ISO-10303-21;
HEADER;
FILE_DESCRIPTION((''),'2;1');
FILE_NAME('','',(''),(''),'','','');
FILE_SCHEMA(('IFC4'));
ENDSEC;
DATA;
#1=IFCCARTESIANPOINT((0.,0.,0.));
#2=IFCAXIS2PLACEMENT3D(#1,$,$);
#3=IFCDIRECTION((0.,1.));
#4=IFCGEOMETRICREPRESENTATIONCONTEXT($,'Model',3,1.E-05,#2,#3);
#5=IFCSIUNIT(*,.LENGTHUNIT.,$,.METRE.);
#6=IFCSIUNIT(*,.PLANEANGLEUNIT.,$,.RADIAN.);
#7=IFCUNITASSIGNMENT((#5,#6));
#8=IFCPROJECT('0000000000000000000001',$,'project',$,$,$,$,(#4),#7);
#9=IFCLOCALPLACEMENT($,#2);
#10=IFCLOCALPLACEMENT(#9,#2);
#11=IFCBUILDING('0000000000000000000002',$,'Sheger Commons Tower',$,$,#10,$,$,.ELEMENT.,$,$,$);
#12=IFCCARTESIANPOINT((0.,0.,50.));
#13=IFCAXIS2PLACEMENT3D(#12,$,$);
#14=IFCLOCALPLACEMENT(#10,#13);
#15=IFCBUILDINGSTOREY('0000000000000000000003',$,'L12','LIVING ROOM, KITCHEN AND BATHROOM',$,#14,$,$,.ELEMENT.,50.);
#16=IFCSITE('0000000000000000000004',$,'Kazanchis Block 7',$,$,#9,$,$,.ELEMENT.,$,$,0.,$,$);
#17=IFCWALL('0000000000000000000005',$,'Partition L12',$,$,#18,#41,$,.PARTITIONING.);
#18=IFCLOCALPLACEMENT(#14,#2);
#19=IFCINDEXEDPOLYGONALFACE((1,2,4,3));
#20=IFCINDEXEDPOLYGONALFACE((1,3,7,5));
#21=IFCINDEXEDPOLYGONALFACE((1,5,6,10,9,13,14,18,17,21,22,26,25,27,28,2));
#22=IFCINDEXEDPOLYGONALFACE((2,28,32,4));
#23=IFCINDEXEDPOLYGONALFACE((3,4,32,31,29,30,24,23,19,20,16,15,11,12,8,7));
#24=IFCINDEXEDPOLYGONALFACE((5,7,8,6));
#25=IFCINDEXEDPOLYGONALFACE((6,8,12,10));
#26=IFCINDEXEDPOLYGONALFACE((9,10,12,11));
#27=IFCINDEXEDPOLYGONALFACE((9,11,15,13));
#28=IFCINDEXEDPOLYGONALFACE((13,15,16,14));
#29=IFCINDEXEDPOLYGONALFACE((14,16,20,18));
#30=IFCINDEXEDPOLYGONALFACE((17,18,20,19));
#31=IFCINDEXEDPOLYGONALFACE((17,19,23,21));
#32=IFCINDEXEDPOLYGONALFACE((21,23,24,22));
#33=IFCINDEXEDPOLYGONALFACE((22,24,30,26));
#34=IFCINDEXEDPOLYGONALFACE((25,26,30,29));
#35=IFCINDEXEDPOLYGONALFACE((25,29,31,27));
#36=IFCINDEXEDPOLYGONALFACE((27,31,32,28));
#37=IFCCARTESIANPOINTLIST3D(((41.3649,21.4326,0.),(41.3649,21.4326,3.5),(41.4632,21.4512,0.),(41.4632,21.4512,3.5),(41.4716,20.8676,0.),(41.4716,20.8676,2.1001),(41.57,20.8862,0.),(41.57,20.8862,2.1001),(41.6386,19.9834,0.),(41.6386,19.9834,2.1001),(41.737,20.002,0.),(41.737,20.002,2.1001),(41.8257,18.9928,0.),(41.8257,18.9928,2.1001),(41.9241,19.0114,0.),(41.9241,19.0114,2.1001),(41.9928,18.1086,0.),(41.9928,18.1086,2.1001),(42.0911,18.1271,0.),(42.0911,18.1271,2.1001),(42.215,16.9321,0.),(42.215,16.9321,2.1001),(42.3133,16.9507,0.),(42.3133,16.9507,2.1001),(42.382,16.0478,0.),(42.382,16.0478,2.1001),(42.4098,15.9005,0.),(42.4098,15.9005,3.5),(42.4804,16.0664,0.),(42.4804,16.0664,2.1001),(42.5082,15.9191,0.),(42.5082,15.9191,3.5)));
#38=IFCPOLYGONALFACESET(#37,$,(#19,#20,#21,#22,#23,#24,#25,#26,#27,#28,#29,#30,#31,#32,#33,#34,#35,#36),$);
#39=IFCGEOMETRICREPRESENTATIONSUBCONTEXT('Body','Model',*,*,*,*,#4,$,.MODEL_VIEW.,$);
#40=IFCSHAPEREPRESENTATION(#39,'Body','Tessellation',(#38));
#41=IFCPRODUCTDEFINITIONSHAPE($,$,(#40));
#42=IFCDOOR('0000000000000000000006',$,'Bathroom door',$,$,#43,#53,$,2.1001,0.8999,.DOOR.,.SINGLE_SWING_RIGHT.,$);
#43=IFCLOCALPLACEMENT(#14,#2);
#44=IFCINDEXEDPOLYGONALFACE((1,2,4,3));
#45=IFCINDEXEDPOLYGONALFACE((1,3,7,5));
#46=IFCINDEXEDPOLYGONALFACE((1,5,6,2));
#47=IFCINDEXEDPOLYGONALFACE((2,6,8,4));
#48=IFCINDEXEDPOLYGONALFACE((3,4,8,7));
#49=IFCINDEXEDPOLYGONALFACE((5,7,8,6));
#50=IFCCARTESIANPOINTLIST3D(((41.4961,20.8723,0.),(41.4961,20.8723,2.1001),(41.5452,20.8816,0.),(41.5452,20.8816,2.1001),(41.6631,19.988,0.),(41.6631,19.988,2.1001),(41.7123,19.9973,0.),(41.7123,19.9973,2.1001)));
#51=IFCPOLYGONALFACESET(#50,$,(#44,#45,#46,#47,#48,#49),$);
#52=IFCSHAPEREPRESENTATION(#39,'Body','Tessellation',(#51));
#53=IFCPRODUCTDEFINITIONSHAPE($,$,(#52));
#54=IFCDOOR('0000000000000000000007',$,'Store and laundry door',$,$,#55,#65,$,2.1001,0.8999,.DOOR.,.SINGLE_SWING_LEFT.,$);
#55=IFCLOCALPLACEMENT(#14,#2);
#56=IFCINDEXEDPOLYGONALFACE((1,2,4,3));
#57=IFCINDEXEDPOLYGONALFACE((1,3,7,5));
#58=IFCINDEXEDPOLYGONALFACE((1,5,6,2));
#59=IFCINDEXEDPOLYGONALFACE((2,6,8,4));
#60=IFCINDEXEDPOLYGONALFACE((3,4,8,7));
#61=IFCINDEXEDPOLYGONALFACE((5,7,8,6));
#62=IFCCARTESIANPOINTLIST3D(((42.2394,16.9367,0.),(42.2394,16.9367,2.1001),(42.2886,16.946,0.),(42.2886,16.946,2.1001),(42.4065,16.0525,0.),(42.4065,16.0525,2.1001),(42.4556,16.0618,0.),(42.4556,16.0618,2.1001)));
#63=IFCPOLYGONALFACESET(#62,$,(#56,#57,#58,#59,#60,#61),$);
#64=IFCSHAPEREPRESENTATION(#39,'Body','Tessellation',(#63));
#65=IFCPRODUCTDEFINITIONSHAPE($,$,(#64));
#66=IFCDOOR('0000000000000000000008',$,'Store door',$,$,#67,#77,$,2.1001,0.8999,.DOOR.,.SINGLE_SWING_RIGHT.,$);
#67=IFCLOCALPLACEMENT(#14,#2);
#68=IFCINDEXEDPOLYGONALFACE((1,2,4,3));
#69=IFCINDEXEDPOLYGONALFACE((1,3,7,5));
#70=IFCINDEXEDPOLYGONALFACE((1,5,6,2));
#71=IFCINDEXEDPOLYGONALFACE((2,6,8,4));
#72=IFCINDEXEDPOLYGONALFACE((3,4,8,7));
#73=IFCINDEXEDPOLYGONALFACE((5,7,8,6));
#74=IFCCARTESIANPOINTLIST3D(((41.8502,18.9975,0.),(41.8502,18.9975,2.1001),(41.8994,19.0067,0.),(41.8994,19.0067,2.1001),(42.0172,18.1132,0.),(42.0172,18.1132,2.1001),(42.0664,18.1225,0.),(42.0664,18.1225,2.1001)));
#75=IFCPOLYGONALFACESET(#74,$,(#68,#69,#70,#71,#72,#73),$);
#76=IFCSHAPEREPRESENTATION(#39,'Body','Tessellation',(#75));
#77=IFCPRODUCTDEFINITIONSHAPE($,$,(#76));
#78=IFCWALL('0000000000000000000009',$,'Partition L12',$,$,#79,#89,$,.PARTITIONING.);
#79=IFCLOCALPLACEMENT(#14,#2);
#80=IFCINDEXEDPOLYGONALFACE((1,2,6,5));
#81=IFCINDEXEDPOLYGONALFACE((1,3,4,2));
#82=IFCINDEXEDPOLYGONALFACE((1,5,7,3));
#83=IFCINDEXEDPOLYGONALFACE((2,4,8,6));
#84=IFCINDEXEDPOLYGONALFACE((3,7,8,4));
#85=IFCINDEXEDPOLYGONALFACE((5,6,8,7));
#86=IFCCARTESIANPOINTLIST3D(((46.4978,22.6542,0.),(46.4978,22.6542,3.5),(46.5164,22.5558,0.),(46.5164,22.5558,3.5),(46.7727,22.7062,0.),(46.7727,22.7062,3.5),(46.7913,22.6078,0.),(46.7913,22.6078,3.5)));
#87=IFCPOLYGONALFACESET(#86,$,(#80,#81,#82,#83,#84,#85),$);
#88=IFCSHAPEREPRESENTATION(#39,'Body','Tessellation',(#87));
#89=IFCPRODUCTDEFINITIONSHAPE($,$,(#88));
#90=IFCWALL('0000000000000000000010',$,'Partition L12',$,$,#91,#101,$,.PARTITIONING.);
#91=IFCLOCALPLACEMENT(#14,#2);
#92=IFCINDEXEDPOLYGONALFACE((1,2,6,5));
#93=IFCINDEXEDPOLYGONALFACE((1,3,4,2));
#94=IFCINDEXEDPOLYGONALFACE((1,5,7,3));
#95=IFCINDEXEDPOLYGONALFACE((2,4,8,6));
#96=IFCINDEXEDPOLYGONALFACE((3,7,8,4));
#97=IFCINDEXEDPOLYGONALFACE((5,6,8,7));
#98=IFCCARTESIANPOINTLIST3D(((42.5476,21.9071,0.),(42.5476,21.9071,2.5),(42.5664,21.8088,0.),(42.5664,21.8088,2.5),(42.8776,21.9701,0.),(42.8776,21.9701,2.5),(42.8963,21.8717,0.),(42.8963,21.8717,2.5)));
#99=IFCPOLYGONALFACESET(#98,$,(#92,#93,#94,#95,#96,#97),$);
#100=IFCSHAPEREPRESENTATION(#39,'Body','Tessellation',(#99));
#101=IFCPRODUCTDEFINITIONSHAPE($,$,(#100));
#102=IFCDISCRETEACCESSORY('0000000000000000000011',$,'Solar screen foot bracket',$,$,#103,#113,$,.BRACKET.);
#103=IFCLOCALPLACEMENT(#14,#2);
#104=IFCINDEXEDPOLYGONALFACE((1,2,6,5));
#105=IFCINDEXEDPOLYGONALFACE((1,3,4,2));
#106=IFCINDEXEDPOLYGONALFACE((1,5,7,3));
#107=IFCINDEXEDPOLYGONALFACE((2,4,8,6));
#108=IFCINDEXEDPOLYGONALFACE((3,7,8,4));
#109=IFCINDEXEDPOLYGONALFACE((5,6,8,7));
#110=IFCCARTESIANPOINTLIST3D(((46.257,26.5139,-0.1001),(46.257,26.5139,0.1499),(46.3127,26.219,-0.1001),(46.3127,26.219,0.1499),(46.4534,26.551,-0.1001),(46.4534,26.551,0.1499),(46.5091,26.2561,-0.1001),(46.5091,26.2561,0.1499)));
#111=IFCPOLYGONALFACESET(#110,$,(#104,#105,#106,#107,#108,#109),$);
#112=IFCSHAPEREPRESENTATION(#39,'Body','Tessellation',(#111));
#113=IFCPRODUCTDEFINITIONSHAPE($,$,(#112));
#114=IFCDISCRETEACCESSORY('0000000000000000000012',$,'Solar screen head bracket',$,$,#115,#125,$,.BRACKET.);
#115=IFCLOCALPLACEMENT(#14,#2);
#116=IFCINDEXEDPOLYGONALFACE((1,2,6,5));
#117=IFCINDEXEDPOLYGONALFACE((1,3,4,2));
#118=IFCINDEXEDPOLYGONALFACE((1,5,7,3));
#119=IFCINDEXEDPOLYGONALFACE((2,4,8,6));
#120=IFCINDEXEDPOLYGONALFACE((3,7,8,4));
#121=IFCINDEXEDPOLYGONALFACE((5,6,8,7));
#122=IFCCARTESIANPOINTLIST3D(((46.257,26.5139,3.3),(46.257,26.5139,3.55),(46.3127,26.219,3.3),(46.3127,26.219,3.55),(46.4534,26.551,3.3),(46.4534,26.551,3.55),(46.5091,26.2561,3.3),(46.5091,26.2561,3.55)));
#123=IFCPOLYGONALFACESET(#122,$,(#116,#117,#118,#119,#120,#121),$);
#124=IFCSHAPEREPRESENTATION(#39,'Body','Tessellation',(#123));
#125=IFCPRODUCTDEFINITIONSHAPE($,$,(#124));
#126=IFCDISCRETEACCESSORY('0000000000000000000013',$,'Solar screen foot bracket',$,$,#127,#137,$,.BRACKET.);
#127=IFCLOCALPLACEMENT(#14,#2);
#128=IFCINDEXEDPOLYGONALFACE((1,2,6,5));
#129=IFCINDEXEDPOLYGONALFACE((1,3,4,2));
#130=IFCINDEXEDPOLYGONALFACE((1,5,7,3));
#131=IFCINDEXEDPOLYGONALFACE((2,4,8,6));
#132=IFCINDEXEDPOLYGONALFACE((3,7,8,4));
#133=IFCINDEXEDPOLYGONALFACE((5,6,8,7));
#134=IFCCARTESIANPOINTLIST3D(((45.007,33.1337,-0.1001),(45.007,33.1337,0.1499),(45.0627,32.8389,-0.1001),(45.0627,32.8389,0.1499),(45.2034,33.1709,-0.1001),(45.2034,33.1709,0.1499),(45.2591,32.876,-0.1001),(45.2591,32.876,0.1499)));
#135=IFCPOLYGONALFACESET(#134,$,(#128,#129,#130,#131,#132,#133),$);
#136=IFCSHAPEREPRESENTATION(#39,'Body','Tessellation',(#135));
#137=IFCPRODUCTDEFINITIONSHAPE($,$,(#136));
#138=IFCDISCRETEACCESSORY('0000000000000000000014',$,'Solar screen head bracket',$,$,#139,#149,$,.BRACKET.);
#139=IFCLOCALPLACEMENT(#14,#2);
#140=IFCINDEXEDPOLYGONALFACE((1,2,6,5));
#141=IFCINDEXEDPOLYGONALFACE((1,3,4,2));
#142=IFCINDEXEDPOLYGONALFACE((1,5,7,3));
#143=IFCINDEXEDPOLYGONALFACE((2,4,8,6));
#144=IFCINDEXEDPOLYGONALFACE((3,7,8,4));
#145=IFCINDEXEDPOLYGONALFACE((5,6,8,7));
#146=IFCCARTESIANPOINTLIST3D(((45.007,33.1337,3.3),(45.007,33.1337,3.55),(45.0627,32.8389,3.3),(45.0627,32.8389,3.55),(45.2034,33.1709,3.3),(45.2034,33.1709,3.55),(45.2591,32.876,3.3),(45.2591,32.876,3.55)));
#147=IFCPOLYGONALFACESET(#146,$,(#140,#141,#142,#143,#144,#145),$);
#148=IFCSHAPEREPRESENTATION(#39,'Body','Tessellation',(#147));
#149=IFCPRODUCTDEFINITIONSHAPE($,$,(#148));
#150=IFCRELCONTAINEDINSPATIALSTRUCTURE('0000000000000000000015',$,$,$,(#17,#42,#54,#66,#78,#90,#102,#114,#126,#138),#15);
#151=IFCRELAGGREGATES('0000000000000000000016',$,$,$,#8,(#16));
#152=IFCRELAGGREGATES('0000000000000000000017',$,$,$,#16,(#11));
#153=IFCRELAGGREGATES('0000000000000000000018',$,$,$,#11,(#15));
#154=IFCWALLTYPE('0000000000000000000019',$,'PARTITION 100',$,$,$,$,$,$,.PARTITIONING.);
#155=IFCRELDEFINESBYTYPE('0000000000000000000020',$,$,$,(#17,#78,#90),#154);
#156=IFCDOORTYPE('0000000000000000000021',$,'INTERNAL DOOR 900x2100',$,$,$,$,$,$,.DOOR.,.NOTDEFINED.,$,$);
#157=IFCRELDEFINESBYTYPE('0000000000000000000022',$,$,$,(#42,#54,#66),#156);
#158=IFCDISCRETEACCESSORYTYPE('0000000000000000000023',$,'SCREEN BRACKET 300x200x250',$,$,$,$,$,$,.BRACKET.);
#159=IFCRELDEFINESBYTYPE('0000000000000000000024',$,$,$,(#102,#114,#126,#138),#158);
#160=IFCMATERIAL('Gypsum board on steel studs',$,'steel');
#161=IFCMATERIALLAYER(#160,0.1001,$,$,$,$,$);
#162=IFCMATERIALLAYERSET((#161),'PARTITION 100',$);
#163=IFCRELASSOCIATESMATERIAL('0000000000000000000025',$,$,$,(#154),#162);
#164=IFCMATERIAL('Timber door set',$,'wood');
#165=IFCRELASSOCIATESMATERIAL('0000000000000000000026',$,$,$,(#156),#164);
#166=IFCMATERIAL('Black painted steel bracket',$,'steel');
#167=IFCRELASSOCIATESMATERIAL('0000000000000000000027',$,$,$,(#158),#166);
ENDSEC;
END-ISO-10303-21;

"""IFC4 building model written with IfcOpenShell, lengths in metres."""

from ifc_helpers import new_model, si_unit, direction, frame, frame_2d, origin, origin_2d, place, context, subcontext, project, spatial, rectangle, extrude, material, layer, layer_set, type_object, element, fill, save


model = new_model("IFC4")

# Units and contexts
model_context = context("Model", 3, precision=1e-05, world=origin(), true_north=direction((0.0, 1.0)))
body_context = subcontext(model_context, "Body", "Model", "MODEL_VIEW")
ifc_project = project(units=[si_unit("LENGTHUNIT", "METRE"), si_unit("PLANEANGLEUNIT", "RADIAN")], contexts=[model_context])

# Site, building, storey
site_placement = place(None, origin())
site = spatial("IfcSite", under=ifc_project, at=site_placement, Name="Kazanchis Block 7", CompositionType="ELEMENT", RefElevation=0.0)
building_placement = place(site_placement, origin())
building = spatial("IfcBuilding", under=site, at=building_placement, Name="Sheger Commons Tower", CompositionType="ELEMENT")
storey_placement = place(building_placement, frame((0.0, 0.0, 50.0)))
storey = spatial("IfcBuildingStorey", under=building, at=storey_placement, Name="L12", Description="LIVING ROOM, KITCHEN AND BATHROOM", CompositionType="ELEMENT", Elevation=50.0)

# Shared definitions
ifc_material_1 = material(Name="Gypsum board on steel studs", Category="steel")
ifc_layer_1 = layer(ifc_material_1, 0.1001)
ifc_layer_set_1 = layer_set([ifc_layer_1], Name="PARTITION 100")
wall_type_1 = type_object("IfcWallType", Name="PARTITION 100", PredefinedType="PARTITIONING", material=ifc_layer_set_1)

# Shared definitions
ifc_material_2 = material(Name="Timber door set", Category="wood")
door_type = type_object("IfcDoorType", Name="INTERNAL DOOR 900x2100", OperationType="NOTDEFINED", PredefinedType="DOOR", material=ifc_material_2)

# Wall, openings, doors
wall_1_placement = place(storey_placement, frame((41.4141, 21.4419, 0.0), z_axis=(0.0, 0.0, 1.0), x_axis=(0.185605, -0.982624, 0.0)))
wall_1 = element("IfcWall", 1, at=wall_1_placement, inside=storey, type_object=wall_type_1, Name="Partition L12", PredefinedType="PARTITIONING", context=body_context, shape_type="SweptSolid", body=[
    extrude(rectangle(XDim=5.6299, YDim=0.1001, at=frame_2d((2.8149, 0.0))), origin(), (0.0, 0.0, 1.0), 3.5),
])
opening_1_placement = place(wall_1_placement, frame((0.575, 0.0, 0.0)))
opening_1 = element("IfcOpeningElement", 2, at=opening_1_placement, cuts=wall_1, PredefinedType="OPENING", context=body_context, shape_type="SweptSolid", body=[
    extrude(rectangle(XDim=0.8999, YDim=2.1001, at=frame_2d((0.45, 1.05))), frame((0.0, 0.0601, 0.0), z_axis=(0.0, -1.0, 0.0), x_axis=(1.0, 0.0, 0.0)), (0.0, 0.0, 1.0), 0.1201),
])
opening_2_placement = place(wall_1_placement, frame((4.5801, 0.0, 0.0)))
opening_2 = element("IfcOpeningElement", 3, at=opening_2_placement, cuts=wall_1, PredefinedType="OPENING", context=body_context, shape_type="SweptSolid", body=[
    extrude(rectangle(XDim=0.8999, YDim=2.1001, at=frame_2d((0.45, 1.05))), frame((0.0, 0.0601, 0.0), z_axis=(0.0, -1.0, 0.0), x_axis=(1.0, 0.0, 0.0)), (0.0, 0.0, 1.0), 0.1201),
])
opening_3_placement = place(wall_1_placement, frame((2.4829, 0.0, 0.0)))
opening_3 = element("IfcOpeningElement", 4, at=opening_3_placement, cuts=wall_1, PredefinedType="OPENING", context=body_context, shape_type="SweptSolid", body=[
    extrude(rectangle(XDim=0.8999, YDim=2.1001, at=frame_2d((0.45, 1.05))), frame((0.0, 0.0601, 0.0), z_axis=(0.0, -1.0, 0.0), x_axis=(1.0, 0.0, 0.0)), (0.0, 0.0, 1.0), 0.1201),
])
door_1_placement = place(opening_1_placement, origin())
door_1 = element("IfcDoor", 5, at=door_1_placement, inside=storey, type_object=door_type, Name="Bathroom door", OperationType="SINGLE_SWING_RIGHT", OverallHeight=2.1001, OverallWidth=0.8999, PredefinedType="DOOR", context=body_context, shape_type="SweptSolid", body=[
    extrude(rectangle(XDim=0.8999, YDim=2.1001, at=frame_2d((0.45, 1.05))), frame((0.0, 0.0249, 0.0), z_axis=(0.0, -1.0, 0.0), x_axis=(1.0, 0.0, 0.0)), (0.0, 0.0, 1.0), 0.05),
])
fill(opening_1, door_1)
door_2_placement = place(opening_2_placement, origin())
door_2 = element("IfcDoor", 6, at=door_2_placement, inside=storey, type_object=door_type, Name="Store and laundry door", OperationType="SINGLE_SWING_LEFT", OverallHeight=2.1001, OverallWidth=0.8999, PredefinedType="DOOR", context=body_context, shape_type="SweptSolid", body=[
    extrude(rectangle(XDim=0.8999, YDim=2.1001, at=frame_2d((0.45, 1.05))), frame((0.0, 0.0249, 0.0), z_axis=(0.0, -1.0, 0.0), x_axis=(1.0, 0.0, 0.0)), (0.0, 0.0, 1.0), 0.05),
])
fill(opening_2, door_2)
door_3_placement = place(opening_3_placement, origin())
door_3 = element("IfcDoor", 7, at=door_3_placement, inside=storey, type_object=door_type, Name="Store door", OperationType="SINGLE_SWING_RIGHT", OverallHeight=2.1001, OverallWidth=0.8999, PredefinedType="DOOR", context=body_context, shape_type="SweptSolid", body=[
    extrude(rectangle(XDim=0.8999, YDim=2.1001, at=frame_2d((0.45, 1.05))), frame((0.0, 0.0249, 0.0), z_axis=(0.0, -1.0, 0.0), x_axis=(1.0, 0.0, 0.0)), (0.0, 0.0, 1.0), 0.05),
])
fill(opening_3, door_3)

# Walls
wall_2_placement = place(storey_placement, frame((46.782, 22.657, 0.0), z_axis=(0.0, 0.0, 1.0), x_axis=(-0.982575, -0.185869, 0.0)))
element("IfcWall", 8, at=wall_2_placement, inside=storey, type_object=wall_type_1, Name="Partition L12", PredefinedType="PARTITIONING", context=body_context, shape_type="SweptSolid", body=[
    extrude(rectangle(XDim=0.2798, YDim=0.1001, at=frame_2d((0.1399, 0.0))), origin(), (0.0, 0.0, 1.0), 3.5),
])
wall_3_placement = place(storey_placement, frame((42.887, 21.9209, 0.0), z_axis=(0.0, 0.0, 1.0), x_axis=(-0.982275, -0.187446, 0.0)))
element("IfcWall", 9, at=wall_3_placement, inside=storey, type_object=wall_type_1, Name="Partition L12", PredefinedType="PARTITIONING", context=body_context, shape_type="SweptSolid", body=[
    extrude(rectangle(XDim=0.3359, YDim=0.1001, at=frame_2d((0.168, 0.0))), origin(), (0.0, 0.0, 1.0), 2.5),
])

# Discrete accessories
ifc_material_3 = material(Name="Black painted steel bracket", Category="steel")
discrete_accessory_type = type_object("IfcDiscreteAccessoryType", Name="SCREEN BRACKET 300x200x250", PredefinedType="BRACKET", material=ifc_material_3)
for number, where, z_axis, x_axis, name in (
    (10, (46.3831, 26.385, -0.1001), (0.0, 0.0, 1.0), (-0.185615, 0.982623, 0.0), "Solar screen foot bracket"),
    (11, (46.3831, 26.385, 3.3), (0.0, 0.0, 1.0), (-0.185615, 0.982623, 0.0), "Solar screen head bracket"),
    (12, (45.1331, 33.0049, -0.1001), (0.0, 0.0, 1.0), (-0.185615, 0.982623, 0.0), "Solar screen foot bracket"),
    (13, (45.1331, 33.0049, 3.3), (0.0, 0.0, 1.0), (-0.185615, 0.982623, 0.0), "Solar screen head bracket"),
):
    element("IfcDiscreteAccessory", number, at=place(storey_placement, frame(where, z_axis=z_axis, x_axis=x_axis)), inside=storey, type_object=discrete_accessory_type, Name=name, PredefinedType="BRACKET", context=body_context, shape_type="SweptSolid", body=[
        extrude(rectangle(XDim=0.3, YDim=0.2, at=origin_2d()), origin(), (0.0, 0.0, 1.0), 0.25),
    ])

save(model, "model.ifc")
